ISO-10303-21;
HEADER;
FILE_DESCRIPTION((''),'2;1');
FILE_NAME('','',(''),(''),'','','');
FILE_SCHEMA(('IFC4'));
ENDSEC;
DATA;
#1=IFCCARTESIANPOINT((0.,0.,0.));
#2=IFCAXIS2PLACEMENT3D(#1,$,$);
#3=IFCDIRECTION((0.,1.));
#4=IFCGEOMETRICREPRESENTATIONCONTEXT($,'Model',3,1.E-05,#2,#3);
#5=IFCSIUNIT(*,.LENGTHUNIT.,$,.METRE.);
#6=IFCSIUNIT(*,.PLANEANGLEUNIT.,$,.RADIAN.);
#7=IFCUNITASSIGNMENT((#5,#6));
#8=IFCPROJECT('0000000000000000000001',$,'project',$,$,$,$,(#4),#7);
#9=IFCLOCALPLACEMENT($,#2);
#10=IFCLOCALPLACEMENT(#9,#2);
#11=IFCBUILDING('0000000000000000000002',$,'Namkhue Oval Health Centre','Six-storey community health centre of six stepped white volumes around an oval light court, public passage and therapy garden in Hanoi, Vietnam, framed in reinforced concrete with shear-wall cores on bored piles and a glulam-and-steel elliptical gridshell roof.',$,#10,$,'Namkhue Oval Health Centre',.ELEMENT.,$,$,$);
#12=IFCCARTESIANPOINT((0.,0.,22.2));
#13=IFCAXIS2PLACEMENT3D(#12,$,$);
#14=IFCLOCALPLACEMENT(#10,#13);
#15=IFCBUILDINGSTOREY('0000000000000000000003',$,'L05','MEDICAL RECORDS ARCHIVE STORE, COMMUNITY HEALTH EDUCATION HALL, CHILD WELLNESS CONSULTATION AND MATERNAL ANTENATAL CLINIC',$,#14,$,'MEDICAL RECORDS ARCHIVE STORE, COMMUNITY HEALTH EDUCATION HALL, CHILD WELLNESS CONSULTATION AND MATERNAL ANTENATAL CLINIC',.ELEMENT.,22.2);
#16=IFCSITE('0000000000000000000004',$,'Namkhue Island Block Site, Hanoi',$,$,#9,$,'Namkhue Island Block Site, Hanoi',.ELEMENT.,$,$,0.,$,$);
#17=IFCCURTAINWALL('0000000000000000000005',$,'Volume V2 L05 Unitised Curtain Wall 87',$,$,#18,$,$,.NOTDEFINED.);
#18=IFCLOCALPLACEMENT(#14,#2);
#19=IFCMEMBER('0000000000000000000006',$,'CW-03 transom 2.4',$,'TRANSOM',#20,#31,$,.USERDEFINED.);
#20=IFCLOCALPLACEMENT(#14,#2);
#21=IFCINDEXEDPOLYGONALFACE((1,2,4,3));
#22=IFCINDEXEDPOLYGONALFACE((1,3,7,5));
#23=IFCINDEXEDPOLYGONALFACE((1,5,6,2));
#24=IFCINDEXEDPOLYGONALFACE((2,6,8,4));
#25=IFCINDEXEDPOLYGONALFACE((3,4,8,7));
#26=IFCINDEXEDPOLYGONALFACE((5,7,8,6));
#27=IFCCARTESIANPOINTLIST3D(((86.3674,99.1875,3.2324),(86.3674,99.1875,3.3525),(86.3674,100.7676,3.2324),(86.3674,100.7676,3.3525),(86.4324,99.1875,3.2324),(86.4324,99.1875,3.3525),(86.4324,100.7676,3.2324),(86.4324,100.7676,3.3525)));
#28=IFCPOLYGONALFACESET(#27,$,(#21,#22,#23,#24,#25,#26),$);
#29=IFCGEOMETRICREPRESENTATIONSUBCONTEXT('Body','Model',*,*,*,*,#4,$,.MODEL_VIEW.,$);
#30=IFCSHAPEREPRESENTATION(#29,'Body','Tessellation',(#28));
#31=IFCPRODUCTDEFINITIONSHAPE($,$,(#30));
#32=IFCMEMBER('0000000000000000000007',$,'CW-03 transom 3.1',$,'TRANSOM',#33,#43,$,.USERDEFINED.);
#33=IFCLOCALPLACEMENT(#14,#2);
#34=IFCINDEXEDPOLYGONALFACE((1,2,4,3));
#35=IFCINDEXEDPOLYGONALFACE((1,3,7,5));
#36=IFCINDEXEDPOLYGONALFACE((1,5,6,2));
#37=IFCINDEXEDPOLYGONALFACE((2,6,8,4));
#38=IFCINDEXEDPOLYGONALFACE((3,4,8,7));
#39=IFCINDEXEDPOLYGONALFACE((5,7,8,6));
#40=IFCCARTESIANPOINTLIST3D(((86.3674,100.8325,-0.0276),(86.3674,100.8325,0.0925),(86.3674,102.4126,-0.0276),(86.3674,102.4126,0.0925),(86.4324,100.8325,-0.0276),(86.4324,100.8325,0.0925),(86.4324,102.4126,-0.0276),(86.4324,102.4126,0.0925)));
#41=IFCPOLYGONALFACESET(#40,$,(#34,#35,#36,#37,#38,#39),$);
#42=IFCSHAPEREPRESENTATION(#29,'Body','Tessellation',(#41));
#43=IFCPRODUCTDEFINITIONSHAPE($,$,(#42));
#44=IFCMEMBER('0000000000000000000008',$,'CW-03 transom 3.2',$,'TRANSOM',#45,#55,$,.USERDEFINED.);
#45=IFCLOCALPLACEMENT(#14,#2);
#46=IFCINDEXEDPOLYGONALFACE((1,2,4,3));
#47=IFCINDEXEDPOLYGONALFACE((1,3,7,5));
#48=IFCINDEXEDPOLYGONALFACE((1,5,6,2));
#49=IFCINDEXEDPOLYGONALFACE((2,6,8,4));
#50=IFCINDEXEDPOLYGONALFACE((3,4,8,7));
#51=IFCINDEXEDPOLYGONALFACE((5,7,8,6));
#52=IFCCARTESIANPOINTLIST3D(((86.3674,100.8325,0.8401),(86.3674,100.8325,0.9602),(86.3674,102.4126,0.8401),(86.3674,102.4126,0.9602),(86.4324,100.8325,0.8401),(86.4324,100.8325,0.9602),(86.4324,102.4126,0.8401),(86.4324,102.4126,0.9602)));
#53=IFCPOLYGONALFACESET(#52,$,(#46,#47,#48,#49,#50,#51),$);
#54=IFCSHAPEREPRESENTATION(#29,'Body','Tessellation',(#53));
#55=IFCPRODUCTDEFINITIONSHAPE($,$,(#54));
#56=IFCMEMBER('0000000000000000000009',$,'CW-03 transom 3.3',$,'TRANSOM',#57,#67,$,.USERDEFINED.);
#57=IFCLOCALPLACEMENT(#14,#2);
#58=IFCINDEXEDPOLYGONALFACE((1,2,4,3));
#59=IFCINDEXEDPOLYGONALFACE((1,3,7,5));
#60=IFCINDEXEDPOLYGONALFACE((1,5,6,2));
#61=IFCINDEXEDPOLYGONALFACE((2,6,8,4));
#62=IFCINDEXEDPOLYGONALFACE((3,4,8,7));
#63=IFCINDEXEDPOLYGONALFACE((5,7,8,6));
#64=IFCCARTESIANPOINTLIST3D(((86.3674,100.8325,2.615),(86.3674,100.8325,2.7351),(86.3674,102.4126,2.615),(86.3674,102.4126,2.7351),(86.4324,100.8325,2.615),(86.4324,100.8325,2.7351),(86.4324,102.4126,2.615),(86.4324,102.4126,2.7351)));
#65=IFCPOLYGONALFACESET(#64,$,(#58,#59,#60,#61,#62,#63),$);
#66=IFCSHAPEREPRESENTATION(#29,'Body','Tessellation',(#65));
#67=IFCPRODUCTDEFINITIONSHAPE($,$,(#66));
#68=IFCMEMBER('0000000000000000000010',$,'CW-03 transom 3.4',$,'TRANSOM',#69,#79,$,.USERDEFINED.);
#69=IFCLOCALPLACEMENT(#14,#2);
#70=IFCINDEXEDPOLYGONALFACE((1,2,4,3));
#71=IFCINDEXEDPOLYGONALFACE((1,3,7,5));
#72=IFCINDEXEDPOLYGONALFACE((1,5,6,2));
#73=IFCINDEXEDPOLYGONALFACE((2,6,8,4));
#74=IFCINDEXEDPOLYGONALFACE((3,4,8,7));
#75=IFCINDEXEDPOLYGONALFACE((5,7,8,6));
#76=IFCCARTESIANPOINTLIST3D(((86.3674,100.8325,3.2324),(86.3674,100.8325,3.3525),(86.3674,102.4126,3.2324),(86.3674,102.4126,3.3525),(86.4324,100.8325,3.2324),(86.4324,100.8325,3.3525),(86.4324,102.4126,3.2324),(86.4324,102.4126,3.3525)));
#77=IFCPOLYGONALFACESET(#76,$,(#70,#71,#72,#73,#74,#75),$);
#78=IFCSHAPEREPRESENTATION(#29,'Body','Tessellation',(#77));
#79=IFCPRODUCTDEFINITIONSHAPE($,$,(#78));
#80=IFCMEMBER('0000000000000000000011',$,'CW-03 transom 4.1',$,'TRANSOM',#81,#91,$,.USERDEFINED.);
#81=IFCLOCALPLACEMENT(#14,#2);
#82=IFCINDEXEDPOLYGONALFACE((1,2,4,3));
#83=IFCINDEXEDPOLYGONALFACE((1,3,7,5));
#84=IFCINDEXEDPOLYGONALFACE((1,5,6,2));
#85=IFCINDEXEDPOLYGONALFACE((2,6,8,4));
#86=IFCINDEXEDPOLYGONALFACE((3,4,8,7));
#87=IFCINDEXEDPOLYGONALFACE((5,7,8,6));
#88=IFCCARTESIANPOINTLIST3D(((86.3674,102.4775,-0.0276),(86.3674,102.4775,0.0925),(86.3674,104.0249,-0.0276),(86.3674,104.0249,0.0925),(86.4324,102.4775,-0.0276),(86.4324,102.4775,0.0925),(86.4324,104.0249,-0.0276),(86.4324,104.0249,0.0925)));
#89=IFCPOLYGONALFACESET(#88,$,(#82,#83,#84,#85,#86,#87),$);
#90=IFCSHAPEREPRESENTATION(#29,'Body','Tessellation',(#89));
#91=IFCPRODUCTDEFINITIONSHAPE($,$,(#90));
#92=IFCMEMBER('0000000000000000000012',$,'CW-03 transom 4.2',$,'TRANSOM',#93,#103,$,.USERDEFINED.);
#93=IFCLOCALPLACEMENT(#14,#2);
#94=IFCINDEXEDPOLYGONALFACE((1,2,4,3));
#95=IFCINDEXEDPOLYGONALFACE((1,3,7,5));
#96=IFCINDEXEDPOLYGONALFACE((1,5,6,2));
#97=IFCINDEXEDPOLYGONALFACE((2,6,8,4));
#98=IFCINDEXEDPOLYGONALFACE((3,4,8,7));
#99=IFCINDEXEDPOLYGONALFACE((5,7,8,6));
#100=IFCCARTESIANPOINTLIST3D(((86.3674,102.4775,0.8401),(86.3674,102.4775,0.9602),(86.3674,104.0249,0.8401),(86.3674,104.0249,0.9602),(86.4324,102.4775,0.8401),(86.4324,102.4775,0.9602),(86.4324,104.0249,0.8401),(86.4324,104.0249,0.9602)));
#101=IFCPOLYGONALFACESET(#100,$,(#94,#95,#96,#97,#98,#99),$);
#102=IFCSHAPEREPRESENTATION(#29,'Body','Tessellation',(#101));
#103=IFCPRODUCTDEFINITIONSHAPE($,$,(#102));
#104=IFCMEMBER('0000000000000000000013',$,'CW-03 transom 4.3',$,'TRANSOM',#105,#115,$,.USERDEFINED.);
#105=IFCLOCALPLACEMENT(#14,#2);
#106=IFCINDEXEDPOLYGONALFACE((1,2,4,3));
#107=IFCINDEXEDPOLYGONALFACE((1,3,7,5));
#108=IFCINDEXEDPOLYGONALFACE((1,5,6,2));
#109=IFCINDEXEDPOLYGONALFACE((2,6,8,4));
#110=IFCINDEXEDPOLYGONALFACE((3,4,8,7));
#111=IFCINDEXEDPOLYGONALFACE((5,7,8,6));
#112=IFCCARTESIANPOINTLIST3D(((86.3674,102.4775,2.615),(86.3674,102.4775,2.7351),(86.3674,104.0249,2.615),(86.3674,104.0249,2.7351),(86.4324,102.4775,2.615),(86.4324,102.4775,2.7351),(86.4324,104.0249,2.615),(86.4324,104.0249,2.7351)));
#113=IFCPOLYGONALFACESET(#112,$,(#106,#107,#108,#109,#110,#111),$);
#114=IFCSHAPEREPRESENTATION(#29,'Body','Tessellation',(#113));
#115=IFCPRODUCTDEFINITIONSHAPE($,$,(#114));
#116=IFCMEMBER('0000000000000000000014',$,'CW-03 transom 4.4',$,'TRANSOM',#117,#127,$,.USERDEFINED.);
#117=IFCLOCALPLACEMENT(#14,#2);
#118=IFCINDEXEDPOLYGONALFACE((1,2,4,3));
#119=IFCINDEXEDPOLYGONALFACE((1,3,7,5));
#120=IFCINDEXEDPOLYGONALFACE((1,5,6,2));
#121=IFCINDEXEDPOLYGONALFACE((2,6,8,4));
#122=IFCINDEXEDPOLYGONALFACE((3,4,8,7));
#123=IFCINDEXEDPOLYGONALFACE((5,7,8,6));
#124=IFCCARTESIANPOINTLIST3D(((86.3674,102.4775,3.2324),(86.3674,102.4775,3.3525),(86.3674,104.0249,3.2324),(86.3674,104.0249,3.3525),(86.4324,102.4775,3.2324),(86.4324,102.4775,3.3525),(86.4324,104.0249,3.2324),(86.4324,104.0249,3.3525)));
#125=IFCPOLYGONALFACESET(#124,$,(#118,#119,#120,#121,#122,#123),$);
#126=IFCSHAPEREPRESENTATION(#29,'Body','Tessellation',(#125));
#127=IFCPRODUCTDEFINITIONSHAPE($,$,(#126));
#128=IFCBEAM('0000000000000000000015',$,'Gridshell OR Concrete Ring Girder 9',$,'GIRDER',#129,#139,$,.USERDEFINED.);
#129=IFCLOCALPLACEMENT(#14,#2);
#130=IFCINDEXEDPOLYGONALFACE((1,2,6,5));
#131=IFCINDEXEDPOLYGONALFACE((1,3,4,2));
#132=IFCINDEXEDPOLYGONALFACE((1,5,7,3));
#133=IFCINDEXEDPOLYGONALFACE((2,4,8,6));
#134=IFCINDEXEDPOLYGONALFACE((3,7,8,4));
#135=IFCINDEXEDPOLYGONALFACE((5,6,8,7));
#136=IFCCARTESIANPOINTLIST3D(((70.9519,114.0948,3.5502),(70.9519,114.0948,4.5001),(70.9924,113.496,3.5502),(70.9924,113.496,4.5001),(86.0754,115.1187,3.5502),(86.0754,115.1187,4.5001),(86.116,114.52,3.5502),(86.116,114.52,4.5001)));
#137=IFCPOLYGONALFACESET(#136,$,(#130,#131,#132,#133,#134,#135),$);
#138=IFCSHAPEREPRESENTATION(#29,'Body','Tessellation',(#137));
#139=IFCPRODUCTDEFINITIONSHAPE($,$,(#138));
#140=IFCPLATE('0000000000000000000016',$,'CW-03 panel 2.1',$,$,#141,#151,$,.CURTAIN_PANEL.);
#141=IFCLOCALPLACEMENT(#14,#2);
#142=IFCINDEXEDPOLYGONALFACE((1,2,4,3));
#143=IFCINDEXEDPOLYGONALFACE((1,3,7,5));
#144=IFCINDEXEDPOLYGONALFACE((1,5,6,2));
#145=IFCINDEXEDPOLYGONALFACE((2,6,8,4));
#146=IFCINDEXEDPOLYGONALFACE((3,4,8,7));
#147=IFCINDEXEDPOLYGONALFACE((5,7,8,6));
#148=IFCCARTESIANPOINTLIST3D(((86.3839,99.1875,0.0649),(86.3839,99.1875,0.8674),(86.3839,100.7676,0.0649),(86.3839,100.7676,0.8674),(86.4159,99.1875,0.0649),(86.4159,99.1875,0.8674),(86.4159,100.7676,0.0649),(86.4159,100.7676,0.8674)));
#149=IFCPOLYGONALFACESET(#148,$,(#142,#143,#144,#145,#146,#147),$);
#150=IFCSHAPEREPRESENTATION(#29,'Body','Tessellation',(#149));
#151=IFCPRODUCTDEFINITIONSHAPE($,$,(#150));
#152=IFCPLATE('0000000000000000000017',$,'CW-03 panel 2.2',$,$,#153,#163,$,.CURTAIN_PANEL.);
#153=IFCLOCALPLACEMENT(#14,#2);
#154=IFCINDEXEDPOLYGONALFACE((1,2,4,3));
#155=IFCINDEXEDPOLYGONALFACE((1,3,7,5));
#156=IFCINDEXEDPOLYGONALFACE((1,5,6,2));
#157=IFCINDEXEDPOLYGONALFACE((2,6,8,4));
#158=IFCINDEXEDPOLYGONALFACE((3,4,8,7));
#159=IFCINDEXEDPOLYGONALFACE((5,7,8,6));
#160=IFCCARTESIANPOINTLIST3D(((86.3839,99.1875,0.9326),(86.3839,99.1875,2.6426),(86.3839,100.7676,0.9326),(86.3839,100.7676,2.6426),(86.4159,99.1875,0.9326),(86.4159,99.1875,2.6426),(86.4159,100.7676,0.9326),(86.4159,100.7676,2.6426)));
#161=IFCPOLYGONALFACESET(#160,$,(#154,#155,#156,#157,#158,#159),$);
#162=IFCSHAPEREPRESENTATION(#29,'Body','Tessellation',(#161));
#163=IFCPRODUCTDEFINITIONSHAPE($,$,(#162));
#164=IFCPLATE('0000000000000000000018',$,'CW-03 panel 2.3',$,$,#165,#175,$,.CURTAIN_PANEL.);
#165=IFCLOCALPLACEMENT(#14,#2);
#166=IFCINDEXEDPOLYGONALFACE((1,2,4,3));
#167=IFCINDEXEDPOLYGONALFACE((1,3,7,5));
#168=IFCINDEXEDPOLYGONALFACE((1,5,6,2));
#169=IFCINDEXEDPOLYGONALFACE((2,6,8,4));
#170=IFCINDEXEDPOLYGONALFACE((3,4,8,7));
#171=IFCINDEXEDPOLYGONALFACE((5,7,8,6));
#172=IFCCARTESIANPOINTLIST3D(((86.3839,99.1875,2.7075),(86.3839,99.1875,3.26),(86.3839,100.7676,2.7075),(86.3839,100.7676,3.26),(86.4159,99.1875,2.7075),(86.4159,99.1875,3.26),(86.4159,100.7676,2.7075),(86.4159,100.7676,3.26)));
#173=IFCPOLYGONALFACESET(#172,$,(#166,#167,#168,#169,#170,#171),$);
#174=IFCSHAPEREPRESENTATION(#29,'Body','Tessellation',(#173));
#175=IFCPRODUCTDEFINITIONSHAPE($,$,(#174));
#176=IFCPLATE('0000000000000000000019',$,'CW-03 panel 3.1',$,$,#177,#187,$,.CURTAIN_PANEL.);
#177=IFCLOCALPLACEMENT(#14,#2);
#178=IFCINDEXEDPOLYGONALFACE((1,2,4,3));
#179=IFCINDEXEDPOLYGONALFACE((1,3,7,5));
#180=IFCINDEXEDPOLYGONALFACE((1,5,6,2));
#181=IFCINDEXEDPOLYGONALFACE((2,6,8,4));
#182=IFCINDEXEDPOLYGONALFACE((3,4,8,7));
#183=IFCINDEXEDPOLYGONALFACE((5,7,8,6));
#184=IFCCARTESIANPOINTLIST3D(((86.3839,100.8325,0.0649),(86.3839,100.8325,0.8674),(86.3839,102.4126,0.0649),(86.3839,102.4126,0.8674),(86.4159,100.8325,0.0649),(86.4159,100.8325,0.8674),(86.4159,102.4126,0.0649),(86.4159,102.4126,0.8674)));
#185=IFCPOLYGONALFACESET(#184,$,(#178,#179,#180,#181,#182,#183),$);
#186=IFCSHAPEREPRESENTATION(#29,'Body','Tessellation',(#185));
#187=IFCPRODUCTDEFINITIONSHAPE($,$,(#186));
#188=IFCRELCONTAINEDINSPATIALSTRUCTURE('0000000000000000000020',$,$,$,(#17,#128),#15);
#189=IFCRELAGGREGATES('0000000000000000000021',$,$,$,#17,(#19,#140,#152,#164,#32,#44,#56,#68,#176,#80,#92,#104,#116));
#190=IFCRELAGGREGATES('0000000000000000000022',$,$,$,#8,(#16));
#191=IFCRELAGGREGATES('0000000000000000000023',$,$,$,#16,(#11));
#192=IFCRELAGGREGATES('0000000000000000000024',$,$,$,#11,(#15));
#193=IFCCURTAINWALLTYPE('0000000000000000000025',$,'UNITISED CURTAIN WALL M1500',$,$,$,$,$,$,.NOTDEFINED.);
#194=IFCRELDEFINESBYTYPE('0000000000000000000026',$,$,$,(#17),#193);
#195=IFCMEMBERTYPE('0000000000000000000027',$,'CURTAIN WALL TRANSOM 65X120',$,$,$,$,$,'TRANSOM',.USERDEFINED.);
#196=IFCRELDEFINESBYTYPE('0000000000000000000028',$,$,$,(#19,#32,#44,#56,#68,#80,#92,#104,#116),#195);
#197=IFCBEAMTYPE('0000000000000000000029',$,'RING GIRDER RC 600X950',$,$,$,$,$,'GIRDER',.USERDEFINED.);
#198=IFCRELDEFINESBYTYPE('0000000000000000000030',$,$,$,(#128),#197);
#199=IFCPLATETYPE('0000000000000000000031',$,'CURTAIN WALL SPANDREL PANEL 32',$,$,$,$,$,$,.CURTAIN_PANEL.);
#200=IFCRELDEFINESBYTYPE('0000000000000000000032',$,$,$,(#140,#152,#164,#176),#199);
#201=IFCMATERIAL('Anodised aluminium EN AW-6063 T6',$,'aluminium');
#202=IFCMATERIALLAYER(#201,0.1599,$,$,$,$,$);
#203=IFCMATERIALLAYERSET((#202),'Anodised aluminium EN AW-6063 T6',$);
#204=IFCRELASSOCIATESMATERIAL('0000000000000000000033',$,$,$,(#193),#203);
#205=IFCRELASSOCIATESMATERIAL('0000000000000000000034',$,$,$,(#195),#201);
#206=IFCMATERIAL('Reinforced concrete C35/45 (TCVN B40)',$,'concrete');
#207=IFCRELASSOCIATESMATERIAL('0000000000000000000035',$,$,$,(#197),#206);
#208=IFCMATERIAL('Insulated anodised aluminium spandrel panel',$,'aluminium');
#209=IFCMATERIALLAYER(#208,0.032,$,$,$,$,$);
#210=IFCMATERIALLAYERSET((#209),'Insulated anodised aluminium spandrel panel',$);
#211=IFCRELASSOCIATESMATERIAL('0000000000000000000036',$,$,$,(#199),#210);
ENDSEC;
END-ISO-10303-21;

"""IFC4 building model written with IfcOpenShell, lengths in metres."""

from ifc_helpers import new_model, si_unit, direction, frame, origin, origin_2d, place, context, subcontext, project, spatial, rectangle, extrude, material, layer, layer_set, material_profile, profile_set, type_object, element, aggregate, save


model = new_model("IFC4")

# Units and contexts
model_context = context("Model", 3, precision=1e-05, world=origin(), true_north=direction((0.0, 1.0)))
body_context = subcontext(model_context, "Body", "Model", "MODEL_VIEW")
ifc_project = project(units=[si_unit("LENGTHUNIT", "METRE"), si_unit("PLANEANGLEUNIT", "RADIAN")], contexts=[model_context])

# Site, building, storey
site_placement = place(None, origin())
site = spatial("IfcSite", under=ifc_project, at=site_placement, Name="Namkhue Island Block Site, Hanoi", LongName="Namkhue Island Block Site, Hanoi", CompositionType="ELEMENT", RefElevation=0.0)
building_placement = place(site_placement, origin())
building = spatial("IfcBuilding", under=site, at=building_placement, Name="Namkhue Oval Health Centre", Description="Six-storey community health centre of six stepped white volumes around an oval light court, public passage and therapy garden in Hanoi, Vietnam, framed in reinforced concrete with shear-wall cores on bored piles and a glulam-and-steel elliptical gridshell roof.", LongName="Namkhue Oval Health Centre", CompositionType="ELEMENT")
storey_placement = place(building_placement, frame((0.0, 0.0, 22.2)))
storey = spatial("IfcBuildingStorey", under=building, at=storey_placement, Name="L05", Description="MEDICAL RECORDS ARCHIVE STORE, COMMUNITY HEALTH EDUCATION HALL, CHILD WELLNESS CONSULTATION AND MATERNAL ANTENATAL CLINIC", LongName="MEDICAL RECORDS ARCHIVE STORE, COMMUNITY HEALTH EDUCATION HALL, CHILD WELLNESS CONSULTATION AND MATERNAL ANTENATAL CLINIC", CompositionType="ELEMENT", Elevation=22.2)

# Shared definitions
ifc_material_1 = material(Name="Reinforced concrete C35/45 (TCVN B40)", Category="concrete")

# Curtain wall, members
ifc_material_2 = material(Name="Anodised aluminium EN AW-6063 T6", Category="aluminium")
ifc_layer_1 = layer(ifc_material_2, 0.1599)
ifc_layer_set_1 = layer_set([ifc_layer_1], Name="Anodised aluminium EN AW-6063 T6")
curtain_wall_type = type_object("IfcCurtainWallType", Name="UNITISED CURTAIN WALL M1500", PredefinedType="NOTDEFINED", material=ifc_layer_set_1)
curtain_wall_placement = place(storey_placement, origin())
curtain_wall = element("IfcCurtainWall", 1, at=curtain_wall_placement, inside=storey, type_object=curtain_wall_type, Name="Volume V2 L05 Unitised Curtain Wall 87", PredefinedType="NOTDEFINED")
ifc_material_profile_1 = material_profile(ifc_material_2, rectangle(XDim=0.0649, YDim=0.1201, at=origin_2d()), Name="ALU 65x120")
ifc_profile_set_1 = profile_set([ifc_material_profile_1], Name="Anodised aluminium EN AW-6063 T6")
member_type_1 = type_object("IfcMemberType", Name="CURTAIN WALL TRANSOM 65X120", ElementType="TRANSOM", PredefinedType="USERDEFINED", material=ifc_profile_set_1)
member_1_placement = place(storey_placement, frame((86.3999, 99.1875, 3.2925), z_axis=(0.0, 1.0, 0.0), x_axis=(-1.0, 0.0, 0.0)))
member_1 = element("IfcMember", 2, at=member_1_placement, type_object=member_type_1, Name="CW-03 transom 2.4", ObjectType="TRANSOM", PredefinedType="USERDEFINED", context=body_context, shape_type="SweptSolid", body=[
    extrude(rectangle(XDim=0.0649, YDim=0.1201, at=origin_2d()), origin(), (0.0, 0.0, 1.0), 1.5801),
])
member_2_placement = place(storey_placement, frame((86.3999, 100.8325, 0.0325), z_axis=(0.0, 1.0, 0.0), x_axis=(-1.0, 0.0, 0.0)))
member_2 = element("IfcMember", 3, at=member_2_placement, type_object=member_type_1, Name="CW-03 transom 3.1", ObjectType="TRANSOM", PredefinedType="USERDEFINED", context=body_context, shape_type="SweptSolid", body=[
    extrude(rectangle(XDim=0.0649, YDim=0.1201, at=origin_2d()), origin(), (0.0, 0.0, 1.0), 1.5801),
])
member_3_placement = place(storey_placement, frame((86.3999, 100.8325, 0.9001), z_axis=(0.0, 1.0, 0.0), x_axis=(-1.0, 0.0, 0.0)))
member_3 = element("IfcMember", 4, at=member_3_placement, type_object=member_type_1, Name="CW-03 transom 3.2", ObjectType="TRANSOM", PredefinedType="USERDEFINED", context=body_context, shape_type="SweptSolid", body=[
    extrude(rectangle(XDim=0.0649, YDim=0.1201, at=origin_2d()), origin(), (0.0, 0.0, 1.0), 1.5801),
])
member_4_placement = place(storey_placement, frame((86.3999, 100.8325, 2.675), z_axis=(0.0, 1.0, 0.0), x_axis=(-1.0, 0.0, 0.0)))
member_4 = element("IfcMember", 5, at=member_4_placement, type_object=member_type_1, Name="CW-03 transom 3.3", ObjectType="TRANSOM", PredefinedType="USERDEFINED", context=body_context, shape_type="SweptSolid", body=[
    extrude(rectangle(XDim=0.0649, YDim=0.1201, at=origin_2d()), origin(), (0.0, 0.0, 1.0), 1.5801),
])
member_5_placement = place(storey_placement, frame((86.3999, 100.8325, 3.2925), z_axis=(0.0, 1.0, 0.0), x_axis=(-1.0, 0.0, 0.0)))
member_5 = element("IfcMember", 6, at=member_5_placement, type_object=member_type_1, Name="CW-03 transom 3.4", ObjectType="TRANSOM", PredefinedType="USERDEFINED", context=body_context, shape_type="SweptSolid", body=[
    extrude(rectangle(XDim=0.0649, YDim=0.1201, at=origin_2d()), origin(), (0.0, 0.0, 1.0), 1.5801),
])
member_6_placement = place(storey_placement, frame((86.3999, 102.4775, 0.0325), z_axis=(0.0, 1.0, 0.0), x_axis=(-1.0, 0.0, 0.0)))
member_6 = element("IfcMember", 7, at=member_6_placement, type_object=member_type_1, Name="CW-03 transom 4.1", ObjectType="TRANSOM", PredefinedType="USERDEFINED", context=body_context, shape_type="SweptSolid", body=[
    extrude(rectangle(XDim=0.0649, YDim=0.1201, at=origin_2d()), origin(), (0.0, 0.0, 1.0), 1.5474),
])
member_7_placement = place(storey_placement, frame((86.3999, 102.4775, 0.9001), z_axis=(0.0, 1.0, 0.0), x_axis=(-1.0, 0.0, 0.0)))
member_7 = element("IfcMember", 8, at=member_7_placement, type_object=member_type_1, Name="CW-03 transom 4.2", ObjectType="TRANSOM", PredefinedType="USERDEFINED", context=body_context, shape_type="SweptSolid", body=[
    extrude(rectangle(XDim=0.0649, YDim=0.1201, at=origin_2d()), origin(), (0.0, 0.0, 1.0), 1.5474),
])
member_8_placement = place(storey_placement, frame((86.3999, 102.4775, 2.675), z_axis=(0.0, 1.0, 0.0), x_axis=(-1.0, 0.0, 0.0)))
member_8 = element("IfcMember", 9, at=member_8_placement, type_object=member_type_1, Name="CW-03 transom 4.3", ObjectType="TRANSOM", PredefinedType="USERDEFINED", context=body_context, shape_type="SweptSolid", body=[
    extrude(rectangle(XDim=0.0649, YDim=0.1201, at=origin_2d()), origin(), (0.0, 0.0, 1.0), 1.5474),
])
member_9_placement = place(storey_placement, frame((86.3999, 102.4775, 3.2925), z_axis=(0.0, 1.0, 0.0), x_axis=(-1.0, 0.0, 0.0)))
member_9 = element("IfcMember", 10, at=member_9_placement, type_object=member_type_1, Name="CW-03 transom 4.4", ObjectType="TRANSOM", PredefinedType="USERDEFINED", context=body_context, shape_type="SweptSolid", body=[
    extrude(rectangle(XDim=0.0649, YDim=0.1201, at=origin_2d()), origin(), (0.0, 0.0, 1.0), 1.5474),
])

# Beam
ifc_material_profile_2 = material_profile(ifc_material_1, rectangle(XDim=0.6001, YDim=0.95, at=origin_2d()), Name="RC 600x950")
ifc_profile_set_2 = profile_set([ifc_material_profile_2], Name="Reinforced concrete C35/45 (TCVN B40)")
beam_type = type_object("IfcBeamType", Name="RING GIRDER RC 600X950", ElementType="GIRDER", PredefinedType="USERDEFINED", material=ifc_profile_set_2)
beam_placement = place(storey_placement, frame((86.0957, 114.8193, 4.0251), z_axis=(-0.997716, -0.067549, 0.0), x_axis=(0.067549, -0.997716, 0.0)))
element("IfcBeam", 11, at=beam_placement, inside=storey, type_object=beam_type, Name="Gridshell OR Concrete Ring Girder 9", ObjectType="GIRDER", PredefinedType="USERDEFINED", context=body_context, shape_type="SweptSolid", body=[
    extrude(rectangle(XDim=0.6001, YDim=0.95, at=origin_2d()), origin(), (0.0, 0.0, 1.0), 15.1582),
])

# Plates
ifc_material_3 = material(Name="Insulated anodised aluminium spandrel panel", Category="aluminium")
ifc_layer_2 = layer(ifc_material_3, 0.032)
ifc_layer_set_2 = layer_set([ifc_layer_2], Name="Insulated anodised aluminium spandrel panel")
plate_type_1 = type_object("IfcPlateType", Name="CURTAIN WALL SPANDREL PANEL 32", PredefinedType="CURTAIN_PANEL", material=ifc_layer_set_2)
plate_1_placement = place(storey_placement, frame((86.3999, 99.9775, 0.0649), z_axis=(0.0, 0.0, 1.0), x_axis=(0.0, 1.0, 0.0)))
plate_1 = element("IfcPlate", 12, at=plate_1_placement, type_object=plate_type_1, Name="CW-03 panel 2.1", PredefinedType="CURTAIN_PANEL", context=body_context, shape_type="SweptSolid", body=[
    extrude(rectangle(XDim=1.5801, YDim=0.032, at=origin_2d()), origin(), (0.0, 0.0, 1.0), 0.8025),
])
plate_2_placement = place(storey_placement, frame((86.3999, 99.9775, 0.9326), z_axis=(0.0, 0.0, 1.0), x_axis=(0.0, 1.0, 0.0)))
plate_2 = element("IfcPlate", 13, at=plate_2_placement, type_object=plate_type_1, Name="CW-03 panel 2.2", PredefinedType="CURTAIN_PANEL", context=body_context, shape_type="SweptSolid", body=[
    extrude(rectangle(XDim=1.5801, YDim=0.032, at=origin_2d()), origin(), (0.0, 0.0, 1.0), 1.71),
])
plate_3_placement = place(storey_placement, frame((86.3999, 99.9775, 2.7075), z_axis=(0.0, 0.0, 1.0), x_axis=(0.0, 1.0, 0.0)))
plate_3 = element("IfcPlate", 14, at=plate_3_placement, type_object=plate_type_1, Name="CW-03 panel 2.3", PredefinedType="CURTAIN_PANEL", context=body_context, shape_type="SweptSolid", body=[
    extrude(rectangle(XDim=1.5801, YDim=0.032, at=origin_2d()), origin(), (0.0, 0.0, 1.0), 0.5525),
])
plate_4_placement = place(storey_placement, frame((86.3999, 101.6226, 0.0649), z_axis=(0.0, 0.0, 1.0), x_axis=(0.0, 1.0, 0.0)))
plate_4 = element("IfcPlate", 15, at=plate_4_placement, type_object=plate_type_1, Name="CW-03 panel 3.1", PredefinedType="CURTAIN_PANEL", context=body_context, shape_type="SweptSolid", body=[
    extrude(rectangle(XDim=1.5801, YDim=0.032, at=origin_2d()), origin(), (0.0, 0.0, 1.0), 0.8025),
])
aggregate(curtain_wall, [member_1, plate_1, plate_2, plate_3, member_2, member_3, member_4, member_5, plate_4, member_6, member_7, member_8, member_9])

save(model, "model.ifc")
